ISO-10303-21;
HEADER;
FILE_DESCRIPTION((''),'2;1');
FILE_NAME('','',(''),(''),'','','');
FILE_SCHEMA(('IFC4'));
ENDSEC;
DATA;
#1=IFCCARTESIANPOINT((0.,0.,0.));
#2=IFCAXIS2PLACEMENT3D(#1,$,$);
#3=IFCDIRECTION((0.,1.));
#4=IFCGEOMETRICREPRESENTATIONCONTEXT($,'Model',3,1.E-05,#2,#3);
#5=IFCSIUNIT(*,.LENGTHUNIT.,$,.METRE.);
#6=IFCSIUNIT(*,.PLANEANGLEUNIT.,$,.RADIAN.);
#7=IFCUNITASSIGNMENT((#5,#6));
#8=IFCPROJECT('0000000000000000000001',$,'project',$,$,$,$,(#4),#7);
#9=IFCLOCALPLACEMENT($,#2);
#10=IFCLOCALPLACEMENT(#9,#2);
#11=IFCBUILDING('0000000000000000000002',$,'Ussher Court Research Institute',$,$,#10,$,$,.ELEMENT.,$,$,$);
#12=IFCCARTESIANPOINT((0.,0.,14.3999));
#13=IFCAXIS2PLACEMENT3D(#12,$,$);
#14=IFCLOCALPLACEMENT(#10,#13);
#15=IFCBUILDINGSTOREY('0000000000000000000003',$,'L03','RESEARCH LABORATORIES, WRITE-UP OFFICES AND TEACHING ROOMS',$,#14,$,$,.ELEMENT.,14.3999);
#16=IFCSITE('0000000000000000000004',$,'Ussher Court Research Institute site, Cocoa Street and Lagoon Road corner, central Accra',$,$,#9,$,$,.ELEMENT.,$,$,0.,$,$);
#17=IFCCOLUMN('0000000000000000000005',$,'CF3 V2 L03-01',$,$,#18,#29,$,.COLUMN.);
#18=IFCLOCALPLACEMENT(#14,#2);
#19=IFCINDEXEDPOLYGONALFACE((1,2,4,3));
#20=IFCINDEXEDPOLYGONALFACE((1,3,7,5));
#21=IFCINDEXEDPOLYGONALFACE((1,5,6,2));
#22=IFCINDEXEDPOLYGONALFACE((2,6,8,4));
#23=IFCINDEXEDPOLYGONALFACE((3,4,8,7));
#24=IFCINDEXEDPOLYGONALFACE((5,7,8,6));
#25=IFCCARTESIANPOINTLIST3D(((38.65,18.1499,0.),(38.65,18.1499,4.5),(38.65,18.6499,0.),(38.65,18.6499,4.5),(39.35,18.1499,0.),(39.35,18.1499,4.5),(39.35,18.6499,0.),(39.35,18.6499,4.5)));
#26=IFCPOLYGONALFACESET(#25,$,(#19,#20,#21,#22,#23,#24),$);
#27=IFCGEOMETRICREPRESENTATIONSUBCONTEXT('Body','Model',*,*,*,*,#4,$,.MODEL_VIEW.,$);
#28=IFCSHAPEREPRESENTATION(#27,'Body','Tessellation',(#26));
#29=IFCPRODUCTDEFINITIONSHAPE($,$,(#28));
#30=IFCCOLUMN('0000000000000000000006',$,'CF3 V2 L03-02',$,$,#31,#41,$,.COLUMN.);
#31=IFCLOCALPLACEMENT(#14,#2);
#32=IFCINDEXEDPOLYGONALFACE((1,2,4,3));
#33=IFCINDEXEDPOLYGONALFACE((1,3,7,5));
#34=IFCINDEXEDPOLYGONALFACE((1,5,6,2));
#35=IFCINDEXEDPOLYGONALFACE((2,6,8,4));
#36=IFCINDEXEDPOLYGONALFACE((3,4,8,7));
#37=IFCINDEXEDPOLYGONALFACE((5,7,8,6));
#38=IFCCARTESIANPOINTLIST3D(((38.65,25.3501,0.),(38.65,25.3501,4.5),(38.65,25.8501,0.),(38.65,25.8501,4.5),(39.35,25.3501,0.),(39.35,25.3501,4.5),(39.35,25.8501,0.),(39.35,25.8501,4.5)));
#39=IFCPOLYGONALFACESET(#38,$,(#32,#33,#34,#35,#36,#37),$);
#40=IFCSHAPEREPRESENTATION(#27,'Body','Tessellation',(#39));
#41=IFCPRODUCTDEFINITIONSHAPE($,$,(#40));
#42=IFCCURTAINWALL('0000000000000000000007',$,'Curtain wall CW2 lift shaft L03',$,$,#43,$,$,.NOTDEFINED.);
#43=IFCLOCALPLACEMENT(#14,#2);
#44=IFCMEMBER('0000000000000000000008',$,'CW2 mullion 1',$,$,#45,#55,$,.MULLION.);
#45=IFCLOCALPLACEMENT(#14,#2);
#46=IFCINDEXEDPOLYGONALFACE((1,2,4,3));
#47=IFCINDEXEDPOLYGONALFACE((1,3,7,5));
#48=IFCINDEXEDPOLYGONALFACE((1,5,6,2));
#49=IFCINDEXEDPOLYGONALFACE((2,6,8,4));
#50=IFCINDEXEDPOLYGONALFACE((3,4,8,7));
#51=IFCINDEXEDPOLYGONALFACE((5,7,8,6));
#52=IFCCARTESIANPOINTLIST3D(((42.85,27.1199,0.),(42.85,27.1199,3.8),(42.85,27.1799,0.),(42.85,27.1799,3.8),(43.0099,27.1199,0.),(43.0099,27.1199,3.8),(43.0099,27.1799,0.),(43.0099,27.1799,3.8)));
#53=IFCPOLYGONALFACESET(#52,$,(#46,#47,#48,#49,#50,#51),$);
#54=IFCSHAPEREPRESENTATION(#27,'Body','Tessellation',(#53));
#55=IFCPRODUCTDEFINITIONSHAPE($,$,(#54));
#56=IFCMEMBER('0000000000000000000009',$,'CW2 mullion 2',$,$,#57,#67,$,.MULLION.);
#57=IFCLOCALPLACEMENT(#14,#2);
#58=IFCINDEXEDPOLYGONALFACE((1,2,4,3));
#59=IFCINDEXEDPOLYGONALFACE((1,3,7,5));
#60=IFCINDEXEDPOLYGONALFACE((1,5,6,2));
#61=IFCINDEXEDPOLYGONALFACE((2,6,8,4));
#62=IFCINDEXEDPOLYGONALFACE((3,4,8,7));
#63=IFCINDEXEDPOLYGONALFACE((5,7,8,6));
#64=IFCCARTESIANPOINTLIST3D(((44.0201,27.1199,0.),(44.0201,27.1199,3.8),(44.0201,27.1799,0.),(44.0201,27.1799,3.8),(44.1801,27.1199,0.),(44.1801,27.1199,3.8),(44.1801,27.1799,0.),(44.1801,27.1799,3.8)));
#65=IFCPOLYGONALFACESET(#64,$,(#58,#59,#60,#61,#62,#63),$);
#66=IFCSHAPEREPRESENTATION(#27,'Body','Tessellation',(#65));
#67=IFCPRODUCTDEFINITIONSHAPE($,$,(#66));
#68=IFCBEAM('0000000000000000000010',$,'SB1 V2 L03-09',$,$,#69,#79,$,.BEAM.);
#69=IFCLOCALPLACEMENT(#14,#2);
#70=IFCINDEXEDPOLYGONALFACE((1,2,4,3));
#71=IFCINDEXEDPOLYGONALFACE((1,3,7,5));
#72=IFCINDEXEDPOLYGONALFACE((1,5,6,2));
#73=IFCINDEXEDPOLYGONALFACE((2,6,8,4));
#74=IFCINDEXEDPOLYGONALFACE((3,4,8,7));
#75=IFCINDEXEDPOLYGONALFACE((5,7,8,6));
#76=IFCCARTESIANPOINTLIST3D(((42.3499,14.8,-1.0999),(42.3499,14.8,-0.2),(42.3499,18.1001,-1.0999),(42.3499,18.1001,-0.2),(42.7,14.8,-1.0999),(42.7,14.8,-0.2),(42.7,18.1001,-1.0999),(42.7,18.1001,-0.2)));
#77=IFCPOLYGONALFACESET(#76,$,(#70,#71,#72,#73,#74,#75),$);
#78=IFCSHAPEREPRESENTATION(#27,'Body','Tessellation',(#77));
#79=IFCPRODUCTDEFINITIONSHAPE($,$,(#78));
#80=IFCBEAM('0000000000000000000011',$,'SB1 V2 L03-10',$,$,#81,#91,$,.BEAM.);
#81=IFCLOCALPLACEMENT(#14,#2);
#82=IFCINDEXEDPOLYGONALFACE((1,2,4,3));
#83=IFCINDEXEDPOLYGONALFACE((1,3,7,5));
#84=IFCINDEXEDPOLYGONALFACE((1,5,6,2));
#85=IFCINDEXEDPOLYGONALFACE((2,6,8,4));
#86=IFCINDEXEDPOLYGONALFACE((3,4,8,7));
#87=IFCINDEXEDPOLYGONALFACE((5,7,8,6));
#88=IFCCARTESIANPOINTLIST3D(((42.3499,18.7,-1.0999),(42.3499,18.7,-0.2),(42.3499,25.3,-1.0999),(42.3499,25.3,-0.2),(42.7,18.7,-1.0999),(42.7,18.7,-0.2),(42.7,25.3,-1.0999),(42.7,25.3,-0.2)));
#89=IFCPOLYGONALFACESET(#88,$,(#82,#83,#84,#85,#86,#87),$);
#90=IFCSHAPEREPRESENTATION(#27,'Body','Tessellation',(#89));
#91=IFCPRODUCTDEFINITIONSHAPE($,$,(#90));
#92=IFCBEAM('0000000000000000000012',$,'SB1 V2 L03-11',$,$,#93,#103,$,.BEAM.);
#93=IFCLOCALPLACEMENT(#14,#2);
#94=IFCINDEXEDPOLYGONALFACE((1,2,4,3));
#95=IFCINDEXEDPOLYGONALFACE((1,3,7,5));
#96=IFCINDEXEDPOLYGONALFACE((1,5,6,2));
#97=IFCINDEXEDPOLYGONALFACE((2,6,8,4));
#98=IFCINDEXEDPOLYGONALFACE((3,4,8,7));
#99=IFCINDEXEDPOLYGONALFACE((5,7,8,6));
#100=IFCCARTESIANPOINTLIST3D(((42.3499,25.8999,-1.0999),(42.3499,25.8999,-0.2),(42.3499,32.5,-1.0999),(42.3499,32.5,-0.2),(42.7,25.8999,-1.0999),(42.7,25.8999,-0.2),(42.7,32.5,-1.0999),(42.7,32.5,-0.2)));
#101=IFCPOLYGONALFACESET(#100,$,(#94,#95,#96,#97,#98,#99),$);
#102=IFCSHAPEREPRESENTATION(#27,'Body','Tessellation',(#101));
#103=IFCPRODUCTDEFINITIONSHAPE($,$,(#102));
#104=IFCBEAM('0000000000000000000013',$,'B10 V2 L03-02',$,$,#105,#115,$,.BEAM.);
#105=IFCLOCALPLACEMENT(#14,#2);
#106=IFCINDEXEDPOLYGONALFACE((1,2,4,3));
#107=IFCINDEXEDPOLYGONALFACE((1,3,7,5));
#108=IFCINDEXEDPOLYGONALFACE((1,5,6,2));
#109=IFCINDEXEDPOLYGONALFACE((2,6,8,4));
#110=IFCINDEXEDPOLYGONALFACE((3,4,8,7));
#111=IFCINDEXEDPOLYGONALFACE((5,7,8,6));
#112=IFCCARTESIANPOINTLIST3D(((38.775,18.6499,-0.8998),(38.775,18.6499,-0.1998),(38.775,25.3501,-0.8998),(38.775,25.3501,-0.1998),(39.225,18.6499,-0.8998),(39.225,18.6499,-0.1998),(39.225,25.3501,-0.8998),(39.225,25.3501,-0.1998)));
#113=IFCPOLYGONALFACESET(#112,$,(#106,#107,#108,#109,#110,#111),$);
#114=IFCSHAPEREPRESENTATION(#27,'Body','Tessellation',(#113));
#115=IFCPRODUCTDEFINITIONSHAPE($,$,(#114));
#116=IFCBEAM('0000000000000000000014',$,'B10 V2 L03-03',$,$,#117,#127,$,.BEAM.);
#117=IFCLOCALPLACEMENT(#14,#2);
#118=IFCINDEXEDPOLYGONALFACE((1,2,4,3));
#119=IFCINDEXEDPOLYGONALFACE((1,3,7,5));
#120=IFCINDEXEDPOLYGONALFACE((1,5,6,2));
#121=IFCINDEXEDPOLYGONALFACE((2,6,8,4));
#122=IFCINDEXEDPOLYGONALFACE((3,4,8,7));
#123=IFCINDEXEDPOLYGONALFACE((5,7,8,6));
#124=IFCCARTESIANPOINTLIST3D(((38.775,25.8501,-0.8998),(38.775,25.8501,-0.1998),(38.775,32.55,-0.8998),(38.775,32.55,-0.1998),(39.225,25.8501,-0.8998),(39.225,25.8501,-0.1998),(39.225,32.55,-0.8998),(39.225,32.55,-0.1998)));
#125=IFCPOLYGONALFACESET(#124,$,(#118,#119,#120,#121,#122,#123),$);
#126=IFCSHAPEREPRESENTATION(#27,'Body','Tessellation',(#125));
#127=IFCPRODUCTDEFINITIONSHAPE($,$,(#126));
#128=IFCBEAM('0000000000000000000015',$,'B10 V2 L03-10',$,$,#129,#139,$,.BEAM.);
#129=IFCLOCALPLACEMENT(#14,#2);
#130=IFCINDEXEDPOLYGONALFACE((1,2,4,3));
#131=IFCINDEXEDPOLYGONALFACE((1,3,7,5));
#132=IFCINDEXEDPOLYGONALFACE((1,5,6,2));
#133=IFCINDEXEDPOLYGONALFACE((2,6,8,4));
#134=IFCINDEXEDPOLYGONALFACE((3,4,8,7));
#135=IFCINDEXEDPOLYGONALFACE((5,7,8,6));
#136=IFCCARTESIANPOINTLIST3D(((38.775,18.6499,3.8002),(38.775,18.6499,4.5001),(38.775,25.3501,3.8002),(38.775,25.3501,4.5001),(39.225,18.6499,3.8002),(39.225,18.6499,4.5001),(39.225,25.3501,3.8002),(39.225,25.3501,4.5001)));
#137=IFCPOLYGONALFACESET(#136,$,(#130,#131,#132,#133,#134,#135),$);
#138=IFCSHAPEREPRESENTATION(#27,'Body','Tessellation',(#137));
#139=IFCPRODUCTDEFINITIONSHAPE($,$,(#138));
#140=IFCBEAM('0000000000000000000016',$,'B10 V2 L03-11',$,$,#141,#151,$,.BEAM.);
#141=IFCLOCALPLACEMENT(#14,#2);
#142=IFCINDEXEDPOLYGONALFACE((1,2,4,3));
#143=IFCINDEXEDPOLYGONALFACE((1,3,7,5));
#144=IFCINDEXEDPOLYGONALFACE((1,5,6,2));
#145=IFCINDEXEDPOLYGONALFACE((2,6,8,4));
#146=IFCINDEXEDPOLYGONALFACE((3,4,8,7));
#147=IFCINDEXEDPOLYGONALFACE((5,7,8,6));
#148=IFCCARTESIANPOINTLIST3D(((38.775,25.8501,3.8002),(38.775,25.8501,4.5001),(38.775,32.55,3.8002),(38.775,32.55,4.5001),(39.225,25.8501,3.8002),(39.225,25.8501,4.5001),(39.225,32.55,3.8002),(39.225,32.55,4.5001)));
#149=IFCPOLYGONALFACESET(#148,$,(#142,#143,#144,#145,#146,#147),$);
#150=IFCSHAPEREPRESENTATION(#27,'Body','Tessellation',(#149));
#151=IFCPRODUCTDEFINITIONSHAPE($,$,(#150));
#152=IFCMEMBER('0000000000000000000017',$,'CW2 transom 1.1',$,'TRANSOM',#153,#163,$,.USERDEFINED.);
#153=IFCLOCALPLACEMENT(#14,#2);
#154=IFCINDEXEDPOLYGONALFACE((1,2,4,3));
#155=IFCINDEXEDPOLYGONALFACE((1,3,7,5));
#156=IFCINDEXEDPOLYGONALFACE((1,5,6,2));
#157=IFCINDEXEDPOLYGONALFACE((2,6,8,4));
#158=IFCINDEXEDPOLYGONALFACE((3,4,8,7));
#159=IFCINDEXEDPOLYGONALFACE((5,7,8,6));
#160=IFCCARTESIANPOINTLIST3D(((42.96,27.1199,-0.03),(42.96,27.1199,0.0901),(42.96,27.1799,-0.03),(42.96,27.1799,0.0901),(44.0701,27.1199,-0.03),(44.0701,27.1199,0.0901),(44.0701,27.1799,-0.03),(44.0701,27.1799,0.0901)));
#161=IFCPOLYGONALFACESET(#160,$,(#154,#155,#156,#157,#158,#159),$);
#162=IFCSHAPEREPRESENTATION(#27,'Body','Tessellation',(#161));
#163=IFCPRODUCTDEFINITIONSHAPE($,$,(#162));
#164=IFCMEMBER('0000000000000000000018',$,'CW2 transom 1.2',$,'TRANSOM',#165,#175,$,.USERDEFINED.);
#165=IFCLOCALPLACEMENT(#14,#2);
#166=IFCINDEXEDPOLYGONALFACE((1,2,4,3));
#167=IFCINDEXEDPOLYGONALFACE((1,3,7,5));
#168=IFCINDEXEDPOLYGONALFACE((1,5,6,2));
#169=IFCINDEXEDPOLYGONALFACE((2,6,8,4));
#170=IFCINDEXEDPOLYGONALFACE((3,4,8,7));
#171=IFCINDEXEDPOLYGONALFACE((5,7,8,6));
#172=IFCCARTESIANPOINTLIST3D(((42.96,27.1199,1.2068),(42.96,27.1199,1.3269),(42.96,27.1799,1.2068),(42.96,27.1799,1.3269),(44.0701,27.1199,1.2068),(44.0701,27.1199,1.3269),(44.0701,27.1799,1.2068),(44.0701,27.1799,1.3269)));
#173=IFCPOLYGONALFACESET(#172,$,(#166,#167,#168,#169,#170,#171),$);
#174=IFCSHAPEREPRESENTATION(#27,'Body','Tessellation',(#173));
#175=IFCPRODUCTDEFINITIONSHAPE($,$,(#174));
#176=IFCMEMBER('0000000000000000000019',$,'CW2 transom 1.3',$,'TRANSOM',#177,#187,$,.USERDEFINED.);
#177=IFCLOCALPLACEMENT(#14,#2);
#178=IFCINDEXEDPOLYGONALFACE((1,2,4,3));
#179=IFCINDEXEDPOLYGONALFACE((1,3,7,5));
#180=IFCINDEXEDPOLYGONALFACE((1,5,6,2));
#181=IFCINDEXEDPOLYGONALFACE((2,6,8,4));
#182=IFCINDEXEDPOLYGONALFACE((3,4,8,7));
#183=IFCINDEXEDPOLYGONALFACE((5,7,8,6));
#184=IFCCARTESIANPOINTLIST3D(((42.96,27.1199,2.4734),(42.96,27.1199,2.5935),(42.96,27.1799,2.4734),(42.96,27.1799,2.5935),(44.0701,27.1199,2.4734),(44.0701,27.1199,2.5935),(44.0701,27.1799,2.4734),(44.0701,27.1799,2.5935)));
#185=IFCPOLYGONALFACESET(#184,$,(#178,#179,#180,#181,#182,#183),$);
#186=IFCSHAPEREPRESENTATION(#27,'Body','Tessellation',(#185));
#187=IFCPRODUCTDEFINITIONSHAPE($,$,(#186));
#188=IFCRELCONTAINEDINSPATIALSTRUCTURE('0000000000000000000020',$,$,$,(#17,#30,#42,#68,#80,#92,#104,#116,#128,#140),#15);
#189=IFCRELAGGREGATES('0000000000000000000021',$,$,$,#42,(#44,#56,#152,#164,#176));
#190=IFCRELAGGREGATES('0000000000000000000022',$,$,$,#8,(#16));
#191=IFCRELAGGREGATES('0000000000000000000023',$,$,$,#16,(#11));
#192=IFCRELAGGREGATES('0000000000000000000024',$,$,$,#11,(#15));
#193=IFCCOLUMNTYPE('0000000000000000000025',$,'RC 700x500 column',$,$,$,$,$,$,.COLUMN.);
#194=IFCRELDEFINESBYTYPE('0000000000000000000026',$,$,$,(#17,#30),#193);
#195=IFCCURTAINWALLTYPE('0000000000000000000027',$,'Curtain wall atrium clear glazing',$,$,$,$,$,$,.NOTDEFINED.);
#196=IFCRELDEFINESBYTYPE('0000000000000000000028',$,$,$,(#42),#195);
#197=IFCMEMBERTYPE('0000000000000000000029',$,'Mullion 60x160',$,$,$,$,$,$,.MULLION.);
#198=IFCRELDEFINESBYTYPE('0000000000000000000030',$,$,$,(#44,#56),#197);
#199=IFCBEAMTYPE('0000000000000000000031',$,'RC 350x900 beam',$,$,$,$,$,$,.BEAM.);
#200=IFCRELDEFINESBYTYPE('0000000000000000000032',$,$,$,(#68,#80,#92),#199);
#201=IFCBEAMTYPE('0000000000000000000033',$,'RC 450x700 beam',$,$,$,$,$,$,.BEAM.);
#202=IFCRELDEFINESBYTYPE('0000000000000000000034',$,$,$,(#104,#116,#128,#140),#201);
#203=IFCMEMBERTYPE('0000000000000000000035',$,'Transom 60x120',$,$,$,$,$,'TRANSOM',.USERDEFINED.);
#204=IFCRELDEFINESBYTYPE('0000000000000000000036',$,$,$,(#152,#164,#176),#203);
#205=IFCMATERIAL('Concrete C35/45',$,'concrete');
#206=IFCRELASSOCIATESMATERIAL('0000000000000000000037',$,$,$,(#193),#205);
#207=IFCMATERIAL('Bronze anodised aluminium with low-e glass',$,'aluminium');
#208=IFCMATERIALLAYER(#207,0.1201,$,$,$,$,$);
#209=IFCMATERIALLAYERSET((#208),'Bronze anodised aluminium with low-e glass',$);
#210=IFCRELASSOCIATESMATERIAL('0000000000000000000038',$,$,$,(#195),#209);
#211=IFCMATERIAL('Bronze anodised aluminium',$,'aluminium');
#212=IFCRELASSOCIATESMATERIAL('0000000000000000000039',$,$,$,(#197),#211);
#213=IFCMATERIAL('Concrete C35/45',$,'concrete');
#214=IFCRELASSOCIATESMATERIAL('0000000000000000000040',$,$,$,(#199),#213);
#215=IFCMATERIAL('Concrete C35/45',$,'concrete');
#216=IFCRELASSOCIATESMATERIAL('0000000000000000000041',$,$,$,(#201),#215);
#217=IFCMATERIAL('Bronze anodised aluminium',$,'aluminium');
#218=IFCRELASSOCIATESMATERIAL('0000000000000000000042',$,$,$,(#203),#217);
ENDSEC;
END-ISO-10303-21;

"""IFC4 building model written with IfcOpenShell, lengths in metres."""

from ifc_helpers import new_model, si_unit, direction, frame, origin, origin_2d, place, context, subcontext, project, spatial, rectangle, extrude, material, layer, layer_set, material_profile, profile_set, type_object, element, aggregate, save


model = new_model("IFC4")

# Units and contexts
model_context = context("Model", 3, precision=1e-05, world=origin(), true_north=direction((0.0, 1.0)))
body_context = subcontext(model_context, "Body", "Model", "MODEL_VIEW")
ifc_project = project(units=[si_unit("LENGTHUNIT", "METRE"), si_unit("PLANEANGLEUNIT", "RADIAN")], contexts=[model_context])

# Site, building, storey
site_placement = place(None, origin())
site = spatial("IfcSite", under=ifc_project, at=site_placement, Name="Ussher Court Research Institute site, Cocoa Street and Lagoon Road corner, central Accra", CompositionType="ELEMENT", RefElevation=0.0)
building_placement = place(site_placement, origin())
building = spatial("IfcBuilding", under=site, at=building_placement, Name="Ussher Court Research Institute", CompositionType="ELEMENT")
storey_placement = place(building_placement, frame((0.0, 0.0, 14.3999)))
storey = spatial("IfcBuildingStorey", under=building, at=storey_placement, Name="L03", Description="RESEARCH LABORATORIES, WRITE-UP OFFICES AND TEACHING ROOMS", CompositionType="ELEMENT", Elevation=14.3999)

# Columns
ifc_material_1 = material(Name="Concrete C35/45", Category="concrete")
ifc_material_profile_1 = material_profile(ifc_material_1, rectangle(XDim=0.7, YDim=0.5, at=origin_2d()), Name="RC 700x500")
ifc_profile_set_1 = profile_set([ifc_material_profile_1], Name="Concrete C35/45")
column_type = type_object("IfcColumnType", Name="RC 700x500 column", PredefinedType="COLUMN", material=ifc_profile_set_1)
for number, where, z_axis, x_axis, name in (
    (1, (39.0, 18.3999, 0.0), (0.0, 0.0, 1.0), (1.0, 0.0, 0.0), "CF3 V2 L03-01"),
    (2, (39.0, 25.6001, 0.0), (0.0, 0.0, 1.0), (1.0, 0.0, 0.0), "CF3 V2 L03-02"),
):
    element("IfcColumn", number, at=place(storey_placement, frame(where, z_axis=z_axis, x_axis=x_axis)), inside=storey, type_object=column_type, Name=name, PredefinedType="COLUMN", context=body_context, shape_type="SweptSolid", body=[
        extrude(rectangle(XDim=0.7, YDim=0.5, at=origin_2d()), origin(), (0.0, 0.0, 1.0), 4.5),
    ])

# Curtain wall, members
ifc_material_2 = material(Name="Bronze anodised aluminium with low-e glass", Category="aluminium")
ifc_layer_1 = layer(ifc_material_2, 0.1201)
ifc_layer_set_1 = layer_set([ifc_layer_1], Name="Bronze anodised aluminium with low-e glass")
curtain_wall_type = type_object("IfcCurtainWallType", Name="Curtain wall atrium clear glazing", PredefinedType="NOTDEFINED", material=ifc_layer_set_1)
curtain_wall_placement = place(storey_placement, origin())
curtain_wall = element("IfcCurtainWall", 3, at=curtain_wall_placement, inside=storey, type_object=curtain_wall_type, Name="Curtain wall CW2 lift shaft L03", PredefinedType="NOTDEFINED")
ifc_material_3 = material(Name="Bronze anodised aluminium", Category="aluminium")
ifc_material_profile_2 = material_profile(ifc_material_3, rectangle(XDim=0.0601, YDim=0.1599, at=origin_2d()), Name="Mullion 60x160")
ifc_profile_set_2 = profile_set([ifc_material_profile_2], Name="Bronze anodised aluminium")
member_type_1 = type_object("IfcMemberType", Name="Mullion 60x160", PredefinedType="MULLION", material=ifc_profile_set_2)
member_1_placement = place(storey_placement, frame((42.9299, 27.1499, 0.0), z_axis=(0.0, 0.0, 1.0), x_axis=(0.0, 1.0, 0.0)))
member_1 = element("IfcMember", 4, at=member_1_placement, type_object=member_type_1, Name="CW2 mullion 1", PredefinedType="MULLION", context=body_context, shape_type="SweptSolid", body=[
    extrude(rectangle(XDim=0.0601, YDim=0.1599, at=origin_2d()), origin(), (0.0, 0.0, 1.0), 3.8),
])
member_2_placement = place(storey_placement, frame((44.1001, 27.1499, 0.0), z_axis=(0.0, 0.0, 1.0), x_axis=(0.0, 1.0, 0.0)))
member_2 = element("IfcMember", 5, at=member_2_placement, type_object=member_type_1, Name="CW2 mullion 2", PredefinedType="MULLION", context=body_context, shape_type="SweptSolid", body=[
    extrude(rectangle(XDim=0.0601, YDim=0.1599, at=origin_2d()), origin(), (0.0, 0.0, 1.0), 3.8),
])

# Beams
ifc_material_4 = material(Name="Concrete C35/45", Category="concrete")
ifc_material_profile_3 = material_profile(ifc_material_4, rectangle(XDim=0.3501, YDim=0.8999, at=origin_2d()), Name="RC 350x900")
ifc_profile_set_3 = profile_set([ifc_material_profile_3], Name="Concrete C35/45")
beam_type_1 = type_object("IfcBeamType", Name="RC 350x900 beam", PredefinedType="BEAM", material=ifc_profile_set_3)
beam_1_placement = place(storey_placement, frame((42.5249, 14.8, -0.6499), z_axis=(0.0, 1.0, 0.0), x_axis=(-1.0, 0.0, 0.0)))
element("IfcBeam", 6, at=beam_1_placement, inside=storey, type_object=beam_type_1, Name="SB1 V2 L03-09", PredefinedType="BEAM", context=body_context, shape_type="SweptSolid", body=[
    extrude(rectangle(XDim=0.3501, YDim=0.8999, at=origin_2d()), origin(), (0.0, 0.0, 1.0), 3.3),
])
for number, where, z_axis, x_axis, name in (
    (7, (42.5249, 18.7, -0.6499), (0.0, 1.0, 0.0), (-1.0, 0.0, 0.0), "SB1 V2 L03-10"),
    (8, (42.5249, 25.8999, -0.6499), (0.0, 1.0, 0.0), (-1.0, 0.0, 0.0), "SB1 V2 L03-11"),
):
    element("IfcBeam", number, at=place(storey_placement, frame(where, z_axis=z_axis, x_axis=x_axis)), inside=storey, type_object=beam_type_1, Name=name, PredefinedType="BEAM", context=body_context, shape_type="SweptSolid", body=[
        extrude(rectangle(XDim=0.3501, YDim=0.8999, at=origin_2d()), origin(), (0.0, 0.0, 1.0), 6.6001),
    ])
ifc_material_5 = material(Name="Concrete C35/45", Category="concrete")
ifc_material_profile_4 = material_profile(ifc_material_5, rectangle(XDim=0.45, YDim=0.7, at=origin_2d()), Name="RC 450x700")
ifc_profile_set_4 = profile_set([ifc_material_profile_4], Name="Concrete C35/45")
beam_type_2 = type_object("IfcBeamType", Name="RC 450x700 beam", PredefinedType="BEAM", material=ifc_profile_set_4)
beam_2_placement = place(storey_placement, frame((39.0, 18.6499, -0.5498), z_axis=(0.0, 1.0, 0.0), x_axis=(-1.0, 0.0, 0.0)))
element("IfcBeam", 9, at=beam_2_placement, inside=storey, type_object=beam_type_2, Name="B10 V2 L03-02", PredefinedType="BEAM", context=body_context, shape_type="SweptSolid", body=[
    extrude(rectangle(XDim=0.45, YDim=0.7, at=origin_2d()), origin(), (0.0, 0.0, 1.0), 6.7002),
])
beam_3_placement = place(storey_placement, frame((39.0, 25.8501, -0.5498), z_axis=(0.0, 1.0, 0.0), x_axis=(-1.0, 0.0, 0.0)))
element("IfcBeam", 10, at=beam_3_placement, inside=storey, type_object=beam_type_2, Name="B10 V2 L03-03", PredefinedType="BEAM", context=body_context, shape_type="SweptSolid", body=[
    extrude(rectangle(XDim=0.45, YDim=0.7, at=origin_2d()), origin(), (0.0, 0.0, 1.0), 6.7),
])
beam_4_placement = place(storey_placement, frame((39.0, 18.6499, 4.1501), z_axis=(0.0, 1.0, 0.0), x_axis=(-1.0, 0.0, 0.0)))
element("IfcBeam", 11, at=beam_4_placement, inside=storey, type_object=beam_type_2, Name="B10 V2 L03-10", PredefinedType="BEAM", context=body_context, shape_type="SweptSolid", body=[
    extrude(rectangle(XDim=0.45, YDim=0.7, at=origin_2d()), origin(), (0.0, 0.0, 1.0), 6.7002),
])
beam_5_placement = place(storey_placement, frame((39.0, 25.8501, 4.1501), z_axis=(0.0, 1.0, 0.0), x_axis=(-1.0, 0.0, 0.0)))
element("IfcBeam", 12, at=beam_5_placement, inside=storey, type_object=beam_type_2, Name="B10 V2 L03-11", PredefinedType="BEAM", context=body_context, shape_type="SweptSolid", body=[
    extrude(rectangle(XDim=0.45, YDim=0.7, at=origin_2d()), origin(), (0.0, 0.0, 1.0), 6.7),
])

# Members
ifc_material_6 = material(Name="Bronze anodised aluminium", Category="aluminium")
ifc_material_profile_5 = material_profile(ifc_material_6, rectangle(XDim=0.0601, YDim=0.1201, at=origin_2d()), Name="Transom 60x120")
ifc_profile_set_5 = profile_set([ifc_material_profile_5], Name="Bronze anodised aluminium")
member_type_2 = type_object("IfcMemberType", Name="Transom 60x120", ElementType="TRANSOM", PredefinedType="USERDEFINED", material=ifc_profile_set_5)
member_3_placement = place(storey_placement, frame((42.96, 27.1499, 0.03), z_axis=(1.0, 0.0, 0.0), x_axis=(0.0, 1.0, 0.0)))
member_3 = element("IfcMember", 13, at=member_3_placement, type_object=member_type_2, Name="CW2 transom 1.1", ObjectType="TRANSOM", PredefinedType="USERDEFINED", context=body_context, shape_type="SweptSolid", body=[
    extrude(rectangle(XDim=0.0601, YDim=0.1201, at=origin_2d()), origin(), (0.0, 0.0, 1.0), 1.1101),
])
member_4_placement = place(storey_placement, frame((42.96, 27.1499, 1.2668), z_axis=(1.0, 0.0, 0.0), x_axis=(0.0, 1.0, 0.0)))
member_4 = element("IfcMember", 14, at=member_4_placement, type_object=member_type_2, Name="CW2 transom 1.2", ObjectType="TRANSOM", PredefinedType="USERDEFINED", context=body_context, shape_type="SweptSolid", body=[
    extrude(rectangle(XDim=0.0601, YDim=0.1201, at=origin_2d()), origin(), (0.0, 0.0, 1.0), 1.1101),
])
member_5_placement = place(storey_placement, frame((42.96, 27.1499, 2.5334), z_axis=(1.0, 0.0, 0.0), x_axis=(0.0, 1.0, 0.0)))
member_5 = element("IfcMember", 15, at=member_5_placement, type_object=member_type_2, Name="CW2 transom 1.3", ObjectType="TRANSOM", PredefinedType="USERDEFINED", context=body_context, shape_type="SweptSolid", body=[
    extrude(rectangle(XDim=0.0601, YDim=0.1201, at=origin_2d()), origin(), (0.0, 0.0, 1.0), 1.1101),
])

aggregate(curtain_wall, [member_1, member_2, member_3, member_4, member_5])

save(model, "model.ifc")
